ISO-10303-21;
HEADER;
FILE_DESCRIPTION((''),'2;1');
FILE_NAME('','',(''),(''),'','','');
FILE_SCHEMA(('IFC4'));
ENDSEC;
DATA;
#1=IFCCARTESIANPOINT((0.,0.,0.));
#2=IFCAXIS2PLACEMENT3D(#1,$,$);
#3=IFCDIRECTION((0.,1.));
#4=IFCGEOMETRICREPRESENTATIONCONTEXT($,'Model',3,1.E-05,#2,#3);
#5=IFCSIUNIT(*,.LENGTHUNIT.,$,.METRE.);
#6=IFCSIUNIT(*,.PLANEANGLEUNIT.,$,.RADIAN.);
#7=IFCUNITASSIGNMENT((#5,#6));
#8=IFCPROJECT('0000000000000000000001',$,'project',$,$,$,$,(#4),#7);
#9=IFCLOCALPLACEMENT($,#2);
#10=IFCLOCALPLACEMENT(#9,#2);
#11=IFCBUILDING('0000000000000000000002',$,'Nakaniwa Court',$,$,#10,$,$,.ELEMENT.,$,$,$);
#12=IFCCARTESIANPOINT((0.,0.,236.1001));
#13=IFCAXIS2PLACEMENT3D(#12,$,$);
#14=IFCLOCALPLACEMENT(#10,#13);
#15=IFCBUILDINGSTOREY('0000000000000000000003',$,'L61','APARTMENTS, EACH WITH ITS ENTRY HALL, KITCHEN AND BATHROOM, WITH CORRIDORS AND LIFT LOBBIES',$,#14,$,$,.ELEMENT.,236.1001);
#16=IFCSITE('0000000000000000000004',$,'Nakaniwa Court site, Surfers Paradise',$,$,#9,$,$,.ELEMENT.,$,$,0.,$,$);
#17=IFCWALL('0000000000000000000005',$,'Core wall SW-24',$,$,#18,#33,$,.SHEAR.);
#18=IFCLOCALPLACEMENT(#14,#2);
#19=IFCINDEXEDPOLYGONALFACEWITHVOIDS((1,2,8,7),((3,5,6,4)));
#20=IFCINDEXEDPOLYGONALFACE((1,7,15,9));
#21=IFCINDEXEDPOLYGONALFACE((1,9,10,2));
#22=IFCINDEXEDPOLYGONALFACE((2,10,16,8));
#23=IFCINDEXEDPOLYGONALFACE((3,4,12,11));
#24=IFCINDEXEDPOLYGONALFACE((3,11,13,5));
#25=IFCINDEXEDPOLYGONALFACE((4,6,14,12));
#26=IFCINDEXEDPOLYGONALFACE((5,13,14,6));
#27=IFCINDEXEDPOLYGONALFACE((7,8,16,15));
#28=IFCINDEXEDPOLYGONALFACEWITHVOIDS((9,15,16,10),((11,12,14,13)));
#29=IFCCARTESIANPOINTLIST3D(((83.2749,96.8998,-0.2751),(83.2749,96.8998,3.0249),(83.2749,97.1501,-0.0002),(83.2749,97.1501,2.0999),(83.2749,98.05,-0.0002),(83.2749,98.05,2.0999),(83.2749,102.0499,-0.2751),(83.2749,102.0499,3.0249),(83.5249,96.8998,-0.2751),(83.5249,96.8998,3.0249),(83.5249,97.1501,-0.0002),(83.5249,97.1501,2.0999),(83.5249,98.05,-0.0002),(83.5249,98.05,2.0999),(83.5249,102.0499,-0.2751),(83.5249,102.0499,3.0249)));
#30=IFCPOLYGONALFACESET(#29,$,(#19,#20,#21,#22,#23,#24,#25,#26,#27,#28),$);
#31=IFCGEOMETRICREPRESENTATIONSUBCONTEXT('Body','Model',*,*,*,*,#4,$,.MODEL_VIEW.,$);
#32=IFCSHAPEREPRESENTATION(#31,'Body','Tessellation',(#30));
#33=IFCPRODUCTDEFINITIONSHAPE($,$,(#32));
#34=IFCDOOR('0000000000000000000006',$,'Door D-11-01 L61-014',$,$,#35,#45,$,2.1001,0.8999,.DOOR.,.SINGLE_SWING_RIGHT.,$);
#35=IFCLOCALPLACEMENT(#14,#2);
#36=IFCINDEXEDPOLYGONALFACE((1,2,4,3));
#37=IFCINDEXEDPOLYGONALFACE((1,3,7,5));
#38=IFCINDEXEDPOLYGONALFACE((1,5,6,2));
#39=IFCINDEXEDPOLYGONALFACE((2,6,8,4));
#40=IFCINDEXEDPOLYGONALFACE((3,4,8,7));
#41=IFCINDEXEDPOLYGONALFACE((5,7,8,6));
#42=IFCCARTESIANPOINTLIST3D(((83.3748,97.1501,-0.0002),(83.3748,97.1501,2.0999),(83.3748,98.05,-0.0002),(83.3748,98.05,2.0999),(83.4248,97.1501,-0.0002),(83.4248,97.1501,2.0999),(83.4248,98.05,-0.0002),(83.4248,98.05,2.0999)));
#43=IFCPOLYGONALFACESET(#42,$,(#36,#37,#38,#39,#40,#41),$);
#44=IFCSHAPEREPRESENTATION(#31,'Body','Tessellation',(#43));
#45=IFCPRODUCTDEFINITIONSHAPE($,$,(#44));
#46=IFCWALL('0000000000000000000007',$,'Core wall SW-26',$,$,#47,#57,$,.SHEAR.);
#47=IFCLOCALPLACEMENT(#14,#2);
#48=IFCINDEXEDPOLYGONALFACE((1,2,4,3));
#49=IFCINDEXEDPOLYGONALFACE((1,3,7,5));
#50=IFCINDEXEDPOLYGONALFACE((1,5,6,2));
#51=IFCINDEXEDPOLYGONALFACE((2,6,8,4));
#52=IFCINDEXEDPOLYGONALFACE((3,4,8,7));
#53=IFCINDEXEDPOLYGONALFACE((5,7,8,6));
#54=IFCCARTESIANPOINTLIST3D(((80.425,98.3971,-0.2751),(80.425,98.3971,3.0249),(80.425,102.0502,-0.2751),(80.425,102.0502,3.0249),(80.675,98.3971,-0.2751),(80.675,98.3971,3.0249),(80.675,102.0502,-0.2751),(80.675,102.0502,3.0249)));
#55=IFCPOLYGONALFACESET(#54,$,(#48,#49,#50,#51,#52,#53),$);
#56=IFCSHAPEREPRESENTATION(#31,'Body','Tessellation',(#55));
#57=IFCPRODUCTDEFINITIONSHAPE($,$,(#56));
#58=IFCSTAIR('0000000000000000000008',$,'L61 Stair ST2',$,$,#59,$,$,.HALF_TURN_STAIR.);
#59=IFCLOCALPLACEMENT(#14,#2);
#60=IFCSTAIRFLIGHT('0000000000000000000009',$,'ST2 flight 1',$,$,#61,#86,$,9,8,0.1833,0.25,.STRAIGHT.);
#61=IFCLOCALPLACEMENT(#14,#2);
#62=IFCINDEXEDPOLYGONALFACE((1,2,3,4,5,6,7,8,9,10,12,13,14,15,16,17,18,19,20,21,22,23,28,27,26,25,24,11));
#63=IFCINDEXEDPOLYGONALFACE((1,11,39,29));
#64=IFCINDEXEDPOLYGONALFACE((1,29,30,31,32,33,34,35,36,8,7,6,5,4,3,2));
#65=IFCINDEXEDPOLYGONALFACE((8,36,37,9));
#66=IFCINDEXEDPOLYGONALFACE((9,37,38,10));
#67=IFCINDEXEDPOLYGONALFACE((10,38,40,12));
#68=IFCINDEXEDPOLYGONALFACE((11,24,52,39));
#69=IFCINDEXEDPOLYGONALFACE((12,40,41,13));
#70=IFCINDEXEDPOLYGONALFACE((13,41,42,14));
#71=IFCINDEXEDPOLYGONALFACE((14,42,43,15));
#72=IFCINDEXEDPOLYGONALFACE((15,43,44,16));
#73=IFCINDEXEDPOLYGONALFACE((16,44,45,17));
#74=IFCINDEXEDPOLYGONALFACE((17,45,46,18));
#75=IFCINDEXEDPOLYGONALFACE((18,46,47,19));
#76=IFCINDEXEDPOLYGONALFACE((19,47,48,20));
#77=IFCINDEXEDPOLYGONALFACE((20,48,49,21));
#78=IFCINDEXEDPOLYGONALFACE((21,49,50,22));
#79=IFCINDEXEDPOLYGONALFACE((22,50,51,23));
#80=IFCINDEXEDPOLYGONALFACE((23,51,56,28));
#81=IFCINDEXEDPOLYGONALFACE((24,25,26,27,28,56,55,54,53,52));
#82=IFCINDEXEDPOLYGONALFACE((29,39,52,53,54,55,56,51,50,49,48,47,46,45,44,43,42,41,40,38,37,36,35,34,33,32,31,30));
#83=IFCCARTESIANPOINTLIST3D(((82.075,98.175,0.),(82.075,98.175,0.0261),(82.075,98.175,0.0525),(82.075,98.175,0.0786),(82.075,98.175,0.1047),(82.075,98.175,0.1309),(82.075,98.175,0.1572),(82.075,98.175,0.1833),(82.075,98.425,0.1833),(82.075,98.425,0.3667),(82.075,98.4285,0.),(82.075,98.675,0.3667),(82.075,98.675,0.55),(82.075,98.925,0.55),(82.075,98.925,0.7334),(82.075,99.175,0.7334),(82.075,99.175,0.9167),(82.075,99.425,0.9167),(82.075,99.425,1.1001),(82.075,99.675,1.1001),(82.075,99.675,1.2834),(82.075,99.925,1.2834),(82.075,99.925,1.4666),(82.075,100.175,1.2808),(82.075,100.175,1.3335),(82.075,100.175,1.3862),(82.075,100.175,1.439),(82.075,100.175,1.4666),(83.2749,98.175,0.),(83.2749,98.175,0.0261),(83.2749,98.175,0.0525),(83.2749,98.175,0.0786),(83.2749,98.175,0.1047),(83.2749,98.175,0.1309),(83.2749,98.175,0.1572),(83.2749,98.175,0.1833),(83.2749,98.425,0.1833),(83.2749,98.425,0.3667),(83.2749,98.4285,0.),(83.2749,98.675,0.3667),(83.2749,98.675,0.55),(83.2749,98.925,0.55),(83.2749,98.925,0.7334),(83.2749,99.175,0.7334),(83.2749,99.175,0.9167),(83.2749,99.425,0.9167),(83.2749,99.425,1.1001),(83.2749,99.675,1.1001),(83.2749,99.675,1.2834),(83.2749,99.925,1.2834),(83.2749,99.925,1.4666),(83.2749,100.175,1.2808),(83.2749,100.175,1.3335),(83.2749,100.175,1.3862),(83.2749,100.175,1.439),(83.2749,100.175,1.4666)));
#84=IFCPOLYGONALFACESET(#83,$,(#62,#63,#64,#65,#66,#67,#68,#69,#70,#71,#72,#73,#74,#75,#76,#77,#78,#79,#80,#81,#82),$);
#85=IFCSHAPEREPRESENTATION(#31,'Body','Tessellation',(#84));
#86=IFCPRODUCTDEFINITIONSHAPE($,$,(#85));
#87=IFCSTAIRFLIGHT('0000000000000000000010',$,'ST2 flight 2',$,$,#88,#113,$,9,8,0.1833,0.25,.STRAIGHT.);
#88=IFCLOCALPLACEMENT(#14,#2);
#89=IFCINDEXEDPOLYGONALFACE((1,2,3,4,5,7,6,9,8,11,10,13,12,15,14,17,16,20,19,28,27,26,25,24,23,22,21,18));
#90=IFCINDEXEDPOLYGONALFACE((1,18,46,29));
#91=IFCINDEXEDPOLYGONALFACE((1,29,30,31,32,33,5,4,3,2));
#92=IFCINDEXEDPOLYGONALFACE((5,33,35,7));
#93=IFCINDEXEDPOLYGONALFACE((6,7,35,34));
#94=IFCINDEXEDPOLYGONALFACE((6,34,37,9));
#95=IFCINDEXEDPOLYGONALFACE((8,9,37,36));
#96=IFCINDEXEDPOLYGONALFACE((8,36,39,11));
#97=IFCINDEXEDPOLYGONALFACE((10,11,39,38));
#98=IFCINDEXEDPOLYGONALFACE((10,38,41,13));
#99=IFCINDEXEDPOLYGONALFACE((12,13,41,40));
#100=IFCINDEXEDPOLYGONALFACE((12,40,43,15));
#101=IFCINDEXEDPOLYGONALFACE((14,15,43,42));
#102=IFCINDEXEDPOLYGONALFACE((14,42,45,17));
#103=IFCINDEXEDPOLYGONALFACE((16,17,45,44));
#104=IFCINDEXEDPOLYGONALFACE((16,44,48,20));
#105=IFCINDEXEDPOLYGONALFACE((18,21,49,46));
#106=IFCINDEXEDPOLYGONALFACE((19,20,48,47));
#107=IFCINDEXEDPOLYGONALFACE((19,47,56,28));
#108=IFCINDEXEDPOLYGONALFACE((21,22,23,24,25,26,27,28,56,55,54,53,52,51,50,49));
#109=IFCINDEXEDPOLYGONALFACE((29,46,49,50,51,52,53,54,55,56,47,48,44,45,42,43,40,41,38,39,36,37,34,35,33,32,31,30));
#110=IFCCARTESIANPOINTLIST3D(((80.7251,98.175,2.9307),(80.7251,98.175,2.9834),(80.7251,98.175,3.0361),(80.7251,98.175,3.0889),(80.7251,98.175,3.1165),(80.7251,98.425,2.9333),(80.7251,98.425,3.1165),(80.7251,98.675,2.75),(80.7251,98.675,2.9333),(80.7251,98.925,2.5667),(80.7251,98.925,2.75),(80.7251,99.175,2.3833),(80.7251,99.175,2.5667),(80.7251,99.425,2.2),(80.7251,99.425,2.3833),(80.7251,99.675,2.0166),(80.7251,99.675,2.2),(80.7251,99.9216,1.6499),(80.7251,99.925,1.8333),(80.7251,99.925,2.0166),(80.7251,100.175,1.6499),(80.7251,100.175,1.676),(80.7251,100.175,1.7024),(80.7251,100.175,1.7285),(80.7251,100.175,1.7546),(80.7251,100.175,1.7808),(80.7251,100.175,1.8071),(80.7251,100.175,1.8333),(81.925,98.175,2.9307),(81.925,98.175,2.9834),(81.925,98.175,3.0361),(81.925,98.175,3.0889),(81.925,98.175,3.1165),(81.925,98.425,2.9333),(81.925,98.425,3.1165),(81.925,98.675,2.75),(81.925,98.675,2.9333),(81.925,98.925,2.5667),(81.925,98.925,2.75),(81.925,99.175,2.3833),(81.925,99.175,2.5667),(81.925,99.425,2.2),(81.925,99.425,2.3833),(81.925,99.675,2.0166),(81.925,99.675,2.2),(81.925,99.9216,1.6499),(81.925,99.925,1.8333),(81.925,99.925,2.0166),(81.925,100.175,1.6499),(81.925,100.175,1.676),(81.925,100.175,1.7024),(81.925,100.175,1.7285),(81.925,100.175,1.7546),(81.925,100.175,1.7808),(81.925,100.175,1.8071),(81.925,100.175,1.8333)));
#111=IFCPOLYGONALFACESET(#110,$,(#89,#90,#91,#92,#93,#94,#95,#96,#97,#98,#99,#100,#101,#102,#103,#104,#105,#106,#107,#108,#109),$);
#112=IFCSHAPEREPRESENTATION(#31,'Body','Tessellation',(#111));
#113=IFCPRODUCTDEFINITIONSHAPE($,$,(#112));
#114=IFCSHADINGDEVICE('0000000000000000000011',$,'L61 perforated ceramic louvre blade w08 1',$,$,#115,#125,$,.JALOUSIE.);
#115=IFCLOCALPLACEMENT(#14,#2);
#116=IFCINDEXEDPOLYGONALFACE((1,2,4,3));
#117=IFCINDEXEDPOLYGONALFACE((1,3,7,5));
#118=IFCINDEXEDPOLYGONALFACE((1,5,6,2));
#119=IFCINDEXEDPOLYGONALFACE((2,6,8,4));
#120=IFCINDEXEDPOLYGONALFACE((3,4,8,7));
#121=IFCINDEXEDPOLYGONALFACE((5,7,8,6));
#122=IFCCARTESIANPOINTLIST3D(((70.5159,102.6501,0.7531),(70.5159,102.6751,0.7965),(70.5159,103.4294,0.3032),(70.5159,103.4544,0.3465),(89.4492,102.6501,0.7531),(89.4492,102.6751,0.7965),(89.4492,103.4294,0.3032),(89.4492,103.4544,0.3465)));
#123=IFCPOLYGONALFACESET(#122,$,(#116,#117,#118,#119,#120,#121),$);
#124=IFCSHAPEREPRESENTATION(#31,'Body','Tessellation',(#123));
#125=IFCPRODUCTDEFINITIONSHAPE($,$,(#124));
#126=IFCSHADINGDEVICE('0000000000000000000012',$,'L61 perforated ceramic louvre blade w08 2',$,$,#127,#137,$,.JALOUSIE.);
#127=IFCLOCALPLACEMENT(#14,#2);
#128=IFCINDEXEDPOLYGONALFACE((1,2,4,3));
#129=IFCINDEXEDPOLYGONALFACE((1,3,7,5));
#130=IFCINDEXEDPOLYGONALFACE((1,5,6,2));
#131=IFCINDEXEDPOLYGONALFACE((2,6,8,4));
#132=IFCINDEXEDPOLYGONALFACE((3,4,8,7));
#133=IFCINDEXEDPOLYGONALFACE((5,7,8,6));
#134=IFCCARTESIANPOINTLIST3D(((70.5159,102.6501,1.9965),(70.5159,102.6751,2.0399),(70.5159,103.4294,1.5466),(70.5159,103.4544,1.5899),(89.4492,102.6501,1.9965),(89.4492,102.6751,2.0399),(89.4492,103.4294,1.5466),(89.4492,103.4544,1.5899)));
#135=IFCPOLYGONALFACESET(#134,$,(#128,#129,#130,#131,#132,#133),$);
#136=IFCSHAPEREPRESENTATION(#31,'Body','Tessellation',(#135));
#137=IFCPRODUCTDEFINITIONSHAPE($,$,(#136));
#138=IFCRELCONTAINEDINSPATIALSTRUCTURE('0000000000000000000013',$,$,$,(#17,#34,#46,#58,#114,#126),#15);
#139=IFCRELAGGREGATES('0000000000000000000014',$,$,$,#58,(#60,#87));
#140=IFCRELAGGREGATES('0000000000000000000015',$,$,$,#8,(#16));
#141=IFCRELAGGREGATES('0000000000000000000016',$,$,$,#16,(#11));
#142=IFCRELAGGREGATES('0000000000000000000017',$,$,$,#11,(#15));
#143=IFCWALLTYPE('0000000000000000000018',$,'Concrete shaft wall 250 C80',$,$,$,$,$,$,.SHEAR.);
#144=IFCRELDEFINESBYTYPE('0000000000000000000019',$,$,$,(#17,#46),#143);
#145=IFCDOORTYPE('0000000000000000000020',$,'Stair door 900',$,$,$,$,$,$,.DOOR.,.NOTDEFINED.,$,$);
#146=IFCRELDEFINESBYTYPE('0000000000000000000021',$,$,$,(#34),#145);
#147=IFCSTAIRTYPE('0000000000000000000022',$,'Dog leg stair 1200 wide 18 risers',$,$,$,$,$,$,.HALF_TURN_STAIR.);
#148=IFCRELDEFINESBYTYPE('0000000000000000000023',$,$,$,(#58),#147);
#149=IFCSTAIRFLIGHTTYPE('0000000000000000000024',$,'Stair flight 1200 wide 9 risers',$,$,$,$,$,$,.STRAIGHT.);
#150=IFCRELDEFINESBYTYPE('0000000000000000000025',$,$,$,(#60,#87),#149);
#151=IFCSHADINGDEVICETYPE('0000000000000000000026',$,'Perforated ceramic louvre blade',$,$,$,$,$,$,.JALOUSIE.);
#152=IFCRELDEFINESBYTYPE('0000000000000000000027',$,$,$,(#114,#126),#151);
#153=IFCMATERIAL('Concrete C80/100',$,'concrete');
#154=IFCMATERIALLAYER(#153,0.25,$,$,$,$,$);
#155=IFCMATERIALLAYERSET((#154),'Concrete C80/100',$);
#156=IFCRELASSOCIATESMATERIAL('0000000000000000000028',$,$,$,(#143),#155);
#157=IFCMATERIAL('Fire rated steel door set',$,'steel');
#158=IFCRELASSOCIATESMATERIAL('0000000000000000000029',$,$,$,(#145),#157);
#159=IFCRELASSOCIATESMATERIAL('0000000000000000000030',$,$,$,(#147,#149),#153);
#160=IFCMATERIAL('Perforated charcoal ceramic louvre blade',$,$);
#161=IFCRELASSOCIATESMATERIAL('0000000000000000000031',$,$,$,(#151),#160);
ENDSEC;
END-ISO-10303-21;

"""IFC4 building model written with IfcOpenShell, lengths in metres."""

from ifc_helpers import new_model, si_unit, direction, frame, frame_2d, origin, origin_2d, place, context, subcontext, project, spatial, polyline, rectangle, outline, extrude, material, layer, layer_set, material_profile, profile_set, type_object, element, fill, aggregate, save


model = new_model("IFC4")

# Units and contexts
model_context = context("Model", 3, precision=1e-05, world=origin(), true_north=direction((0.0, 1.0)))
body_context = subcontext(model_context, "Body", "Model", "MODEL_VIEW")
ifc_project = project(units=[si_unit("LENGTHUNIT", "METRE"), si_unit("PLANEANGLEUNIT", "RADIAN")], contexts=[model_context])

# Site, building, storey
site_placement = place(None, origin())
site = spatial("IfcSite", under=ifc_project, at=site_placement, Name="Nakaniwa Court site, Surfers Paradise", CompositionType="ELEMENT", RefElevation=0.0)
building_placement = place(site_placement, origin())
building = spatial("IfcBuilding", under=site, at=building_placement, Name="Nakaniwa Court", CompositionType="ELEMENT")
storey_placement = place(building_placement, frame((0.0, 0.0, 236.1001)))
storey = spatial("IfcBuildingStorey", under=building, at=storey_placement, Name="L61", Description="APARTMENTS, EACH WITH ITS ENTRY HALL, KITCHEN AND BATHROOM, WITH CORRIDORS AND LIFT LOBBIES", CompositionType="ELEMENT", Elevation=236.1001)

# Shared definitions
ifc_material_1 = material(Name="Fire rated steel door set", Category="steel")

# Shared definitions
ifc_material_2 = material(Name="Concrete C80/100", Category="concrete")

# Shared definitions
ifc_layer_1 = layer(ifc_material_2, 0.25)
ifc_layer_set_1 = layer_set([ifc_layer_1], Name="Concrete C80/100")
wall_type_1 = type_object("IfcWallType", Name="Concrete shaft wall 250 C80", PredefinedType="SHEAR", material=ifc_layer_set_1)

# Wall, opening, door
wall_1_placement = place(storey_placement, frame((83.3999, 102.05, -0.2751), z_axis=(0.0, 0.0, 1.0), x_axis=(0.0, -1.0, 0.0)))
wall_1 = element("IfcWall", 1, at=wall_1_placement, inside=storey, type_object=wall_type_1, Name="Core wall SW-24", PredefinedType="SHEAR", context=body_context, shape_type="SweptSolid", body=[
    extrude(rectangle(XDim=5.1501, YDim=0.25, at=frame_2d((2.5752, 0.0))), origin(), (0.0, 0.0, 1.0), 3.3),
])
opening_1_placement = place(wall_1_placement, frame((4.0, 0.0, 0.2749)))
opening_1 = element("IfcOpeningElement", 2, at=opening_1_placement, cuts=wall_1, PredefinedType="OPENING", context=body_context, shape_type="SweptSolid", body=[
    extrude(rectangle(XDim=0.8999, YDim=2.1001, at=frame_2d((0.45, 1.05))), frame((0.0, 0.135, 0.0), z_axis=(0.0, -1.0, 0.0), x_axis=(1.0, 0.0, 0.0)), (0.0, 0.0, 1.0), 0.27),
])
door_type_1 = type_object("IfcDoorType", Name="Stair door 900", OperationType="NOTDEFINED", PredefinedType="DOOR", material=ifc_material_1)
door_1_placement = place(opening_1_placement, origin())
door_1 = element("IfcDoor", 3, at=door_1_placement, inside=storey, type_object=door_type_1, Name="Door D-11-01 L61-014", OperationType="SINGLE_SWING_RIGHT", OverallHeight=2.1001, OverallWidth=0.8999, PredefinedType="DOOR", context=body_context, shape_type="SweptSolid", body=[
    extrude(rectangle(XDim=0.8999, YDim=2.1001, at=frame_2d((0.45, 1.05))), frame((0.0, 0.0249, 0.0), z_axis=(0.0, -1.0, 0.0), x_axis=(1.0, 0.0, 0.0)), (0.0, 0.0, 1.0), 0.05),
])
fill(opening_1, door_1)

# Wall
wall_2_placement = place(storey_placement, frame((80.55, 98.397, -0.2751), z_axis=(0.0, 0.0, 1.0), x_axis=(0.0, 1.0, 0.0)))
element("IfcWall", 4, at=wall_2_placement, inside=storey, type_object=wall_type_1, Name="Core wall SW-26", PredefinedType="SHEAR", context=body_context, shape_type="SweptSolid", body=[
    extrude(rectangle(XDim=3.6531, YDim=0.25, at=frame_2d((1.8267, 0.0))), origin(), (0.0, 0.0, 1.0), 3.3),
])

# Stair, stair flights
stair_type = type_object("IfcStairType", Name="Dog leg stair 1200 wide 18 risers", PredefinedType="HALF_TURN_STAIR", material=ifc_material_2)
stair_placement = place(storey_placement, origin())
stair = element("IfcStair", 5, at=stair_placement, inside=storey, type_object=stair_type, Name="L61 Stair ST2", PredefinedType="HALF_TURN_STAIR")
stair_flight_type = type_object("IfcStairFlightType", Name="Stair flight 1200 wide 9 risers", PredefinedType="STRAIGHT", material=ifc_material_2)
stair_flight_1_placement = place(storey_placement, frame((82.675, 98.175, 0.0), z_axis=(0.0, 0.0, 1.0), x_axis=(0.0, 1.0, 0.0)))
stair_flight_1 = element("IfcStairFlight", 6, at=stair_flight_1_placement, type_object=stair_flight_type, Name="ST2 flight 1", NumberOfRisers=9, NumberOfTreads=8, PredefinedType="STRAIGHT", RiserHeight=0.1833, TreadLength=0.25, context=body_context, shape_type="SweptSolid", body=[
    extrude(outline(polyline([(0.0, 0.0), (0.0, 0.0261), (0.0, 0.0525), (0.0, 0.0786), (0.0, 0.1047), (0.0, 0.1309), (0.0, 0.1572), (0.0, 0.1833), (0.25, 0.1833), (0.25, 0.3667), (0.5, 0.3667), (0.5, 0.55), (0.75, 0.55), (0.75, 0.7334), (1.0, 0.7334), (1.0, 0.9167), (1.25, 0.9167), (1.25, 1.1001), (1.5, 1.1001), (1.5, 1.2834), (1.75, 1.2834), (1.75, 1.4666), (2.0, 1.4666), (2.0, 1.6499), (2.0, 1.5972), (2.0, 1.5444), (2.0, 1.4917), (2.0, 1.439), (2.0, 1.3862), (2.0, 1.3335), (2.0, 1.2808), (0.2534, 0.0), (0.0, 0.0)])), frame((0.0, 0.6001, 0.0), z_axis=(0.0, -1.0, 0.0), x_axis=(1.0, 0.0, 0.0)), (0.0, 0.0, 1.0), 1.2),
])
stair_flight_2_placement = place(storey_placement, frame((81.325, 100.175, 1.6499), z_axis=(0.0, 0.0, 1.0), x_axis=(0.0, -1.0, 0.0)))
stair_flight_2 = element("IfcStairFlight", 7, at=stair_flight_2_placement, type_object=stair_flight_type, Name="ST2 flight 2", NumberOfRisers=9, NumberOfTreads=8, PredefinedType="STRAIGHT", RiserHeight=0.1833, TreadLength=0.25, context=body_context, shape_type="SweptSolid", body=[
    extrude(outline(polyline([(0.0, 0.0), (0.0, 0.0261), (0.0, 0.0525), (0.0, 0.0786), (0.0, 0.1047), (0.0, 0.1309), (0.0, 0.1572), (0.0, 0.1833), (0.25, 0.1833), (0.25, 0.3667), (0.5, 0.3667), (0.5, 0.55), (0.75, 0.55), (0.75, 0.7334), (1.0, 0.7334), (1.0, 0.9167), (1.25, 0.9167), (1.25, 1.1001), (1.5, 1.1001), (1.5, 1.2834), (1.75, 1.2834), (1.75, 1.4666), (2.0, 1.4666), (2.0, 1.6499), (2.0, 1.5972), (2.0, 1.5444), (2.0, 1.4917), (2.0, 1.439), (2.0, 1.3862), (2.0, 1.3335), (2.0, 1.2808), (0.2534, 0.0), (0.0, 0.0)])), frame((0.0, 0.6001, 0.0), z_axis=(0.0, -1.0, 0.0), x_axis=(1.0, 0.0, 0.0)), (0.0, 0.0, 1.0), 1.2),
])
aggregate(stair, [stair_flight_1, stair_flight_2])

# Shading devices
ifc_material_3 = material(Name="Perforated charcoal ceramic louvre blade")
ifc_material_profile = material_profile(ifc_material_3, rectangle(XDim=0.8999, YDim=0.05, at=origin_2d()), Name="Perforated ceramic louvre blade")
ifc_profile_set = profile_set([ifc_material_profile], Name="Perforated charcoal ceramic louvre blade")
shading_device_type = type_object("IfcShadingDeviceType", Name="Perforated ceramic louvre blade", PredefinedType="JALOUSIE", material=ifc_profile_set)
for number, where, z_axis, x_axis, name in (
    (8, (89.4492, 103.0522, 0.5498), (-1.0, 0.0, 0.0), (0.0, -0.866025, 0.5), "L61 perforated ceramic louvre blade w08 1"),
    (9, (89.4492, 103.0522, 1.7932), (-1.0, 0.0, 0.0), (0.0, -0.866025, 0.5), "L61 perforated ceramic louvre blade w08 2"),
):
    element("IfcShadingDevice", number, at=place(storey_placement, frame(where, z_axis=z_axis, x_axis=x_axis)), inside=storey, type_object=shading_device_type, Name=name, PredefinedType="JALOUSIE", context=body_context, shape_type="SweptSolid", body=[
        extrude(rectangle(XDim=0.8999, YDim=0.05, at=origin_2d()), origin(), (0.0, 0.0, 1.0), 18.9333),
    ])

save(model, "model.ifc")
